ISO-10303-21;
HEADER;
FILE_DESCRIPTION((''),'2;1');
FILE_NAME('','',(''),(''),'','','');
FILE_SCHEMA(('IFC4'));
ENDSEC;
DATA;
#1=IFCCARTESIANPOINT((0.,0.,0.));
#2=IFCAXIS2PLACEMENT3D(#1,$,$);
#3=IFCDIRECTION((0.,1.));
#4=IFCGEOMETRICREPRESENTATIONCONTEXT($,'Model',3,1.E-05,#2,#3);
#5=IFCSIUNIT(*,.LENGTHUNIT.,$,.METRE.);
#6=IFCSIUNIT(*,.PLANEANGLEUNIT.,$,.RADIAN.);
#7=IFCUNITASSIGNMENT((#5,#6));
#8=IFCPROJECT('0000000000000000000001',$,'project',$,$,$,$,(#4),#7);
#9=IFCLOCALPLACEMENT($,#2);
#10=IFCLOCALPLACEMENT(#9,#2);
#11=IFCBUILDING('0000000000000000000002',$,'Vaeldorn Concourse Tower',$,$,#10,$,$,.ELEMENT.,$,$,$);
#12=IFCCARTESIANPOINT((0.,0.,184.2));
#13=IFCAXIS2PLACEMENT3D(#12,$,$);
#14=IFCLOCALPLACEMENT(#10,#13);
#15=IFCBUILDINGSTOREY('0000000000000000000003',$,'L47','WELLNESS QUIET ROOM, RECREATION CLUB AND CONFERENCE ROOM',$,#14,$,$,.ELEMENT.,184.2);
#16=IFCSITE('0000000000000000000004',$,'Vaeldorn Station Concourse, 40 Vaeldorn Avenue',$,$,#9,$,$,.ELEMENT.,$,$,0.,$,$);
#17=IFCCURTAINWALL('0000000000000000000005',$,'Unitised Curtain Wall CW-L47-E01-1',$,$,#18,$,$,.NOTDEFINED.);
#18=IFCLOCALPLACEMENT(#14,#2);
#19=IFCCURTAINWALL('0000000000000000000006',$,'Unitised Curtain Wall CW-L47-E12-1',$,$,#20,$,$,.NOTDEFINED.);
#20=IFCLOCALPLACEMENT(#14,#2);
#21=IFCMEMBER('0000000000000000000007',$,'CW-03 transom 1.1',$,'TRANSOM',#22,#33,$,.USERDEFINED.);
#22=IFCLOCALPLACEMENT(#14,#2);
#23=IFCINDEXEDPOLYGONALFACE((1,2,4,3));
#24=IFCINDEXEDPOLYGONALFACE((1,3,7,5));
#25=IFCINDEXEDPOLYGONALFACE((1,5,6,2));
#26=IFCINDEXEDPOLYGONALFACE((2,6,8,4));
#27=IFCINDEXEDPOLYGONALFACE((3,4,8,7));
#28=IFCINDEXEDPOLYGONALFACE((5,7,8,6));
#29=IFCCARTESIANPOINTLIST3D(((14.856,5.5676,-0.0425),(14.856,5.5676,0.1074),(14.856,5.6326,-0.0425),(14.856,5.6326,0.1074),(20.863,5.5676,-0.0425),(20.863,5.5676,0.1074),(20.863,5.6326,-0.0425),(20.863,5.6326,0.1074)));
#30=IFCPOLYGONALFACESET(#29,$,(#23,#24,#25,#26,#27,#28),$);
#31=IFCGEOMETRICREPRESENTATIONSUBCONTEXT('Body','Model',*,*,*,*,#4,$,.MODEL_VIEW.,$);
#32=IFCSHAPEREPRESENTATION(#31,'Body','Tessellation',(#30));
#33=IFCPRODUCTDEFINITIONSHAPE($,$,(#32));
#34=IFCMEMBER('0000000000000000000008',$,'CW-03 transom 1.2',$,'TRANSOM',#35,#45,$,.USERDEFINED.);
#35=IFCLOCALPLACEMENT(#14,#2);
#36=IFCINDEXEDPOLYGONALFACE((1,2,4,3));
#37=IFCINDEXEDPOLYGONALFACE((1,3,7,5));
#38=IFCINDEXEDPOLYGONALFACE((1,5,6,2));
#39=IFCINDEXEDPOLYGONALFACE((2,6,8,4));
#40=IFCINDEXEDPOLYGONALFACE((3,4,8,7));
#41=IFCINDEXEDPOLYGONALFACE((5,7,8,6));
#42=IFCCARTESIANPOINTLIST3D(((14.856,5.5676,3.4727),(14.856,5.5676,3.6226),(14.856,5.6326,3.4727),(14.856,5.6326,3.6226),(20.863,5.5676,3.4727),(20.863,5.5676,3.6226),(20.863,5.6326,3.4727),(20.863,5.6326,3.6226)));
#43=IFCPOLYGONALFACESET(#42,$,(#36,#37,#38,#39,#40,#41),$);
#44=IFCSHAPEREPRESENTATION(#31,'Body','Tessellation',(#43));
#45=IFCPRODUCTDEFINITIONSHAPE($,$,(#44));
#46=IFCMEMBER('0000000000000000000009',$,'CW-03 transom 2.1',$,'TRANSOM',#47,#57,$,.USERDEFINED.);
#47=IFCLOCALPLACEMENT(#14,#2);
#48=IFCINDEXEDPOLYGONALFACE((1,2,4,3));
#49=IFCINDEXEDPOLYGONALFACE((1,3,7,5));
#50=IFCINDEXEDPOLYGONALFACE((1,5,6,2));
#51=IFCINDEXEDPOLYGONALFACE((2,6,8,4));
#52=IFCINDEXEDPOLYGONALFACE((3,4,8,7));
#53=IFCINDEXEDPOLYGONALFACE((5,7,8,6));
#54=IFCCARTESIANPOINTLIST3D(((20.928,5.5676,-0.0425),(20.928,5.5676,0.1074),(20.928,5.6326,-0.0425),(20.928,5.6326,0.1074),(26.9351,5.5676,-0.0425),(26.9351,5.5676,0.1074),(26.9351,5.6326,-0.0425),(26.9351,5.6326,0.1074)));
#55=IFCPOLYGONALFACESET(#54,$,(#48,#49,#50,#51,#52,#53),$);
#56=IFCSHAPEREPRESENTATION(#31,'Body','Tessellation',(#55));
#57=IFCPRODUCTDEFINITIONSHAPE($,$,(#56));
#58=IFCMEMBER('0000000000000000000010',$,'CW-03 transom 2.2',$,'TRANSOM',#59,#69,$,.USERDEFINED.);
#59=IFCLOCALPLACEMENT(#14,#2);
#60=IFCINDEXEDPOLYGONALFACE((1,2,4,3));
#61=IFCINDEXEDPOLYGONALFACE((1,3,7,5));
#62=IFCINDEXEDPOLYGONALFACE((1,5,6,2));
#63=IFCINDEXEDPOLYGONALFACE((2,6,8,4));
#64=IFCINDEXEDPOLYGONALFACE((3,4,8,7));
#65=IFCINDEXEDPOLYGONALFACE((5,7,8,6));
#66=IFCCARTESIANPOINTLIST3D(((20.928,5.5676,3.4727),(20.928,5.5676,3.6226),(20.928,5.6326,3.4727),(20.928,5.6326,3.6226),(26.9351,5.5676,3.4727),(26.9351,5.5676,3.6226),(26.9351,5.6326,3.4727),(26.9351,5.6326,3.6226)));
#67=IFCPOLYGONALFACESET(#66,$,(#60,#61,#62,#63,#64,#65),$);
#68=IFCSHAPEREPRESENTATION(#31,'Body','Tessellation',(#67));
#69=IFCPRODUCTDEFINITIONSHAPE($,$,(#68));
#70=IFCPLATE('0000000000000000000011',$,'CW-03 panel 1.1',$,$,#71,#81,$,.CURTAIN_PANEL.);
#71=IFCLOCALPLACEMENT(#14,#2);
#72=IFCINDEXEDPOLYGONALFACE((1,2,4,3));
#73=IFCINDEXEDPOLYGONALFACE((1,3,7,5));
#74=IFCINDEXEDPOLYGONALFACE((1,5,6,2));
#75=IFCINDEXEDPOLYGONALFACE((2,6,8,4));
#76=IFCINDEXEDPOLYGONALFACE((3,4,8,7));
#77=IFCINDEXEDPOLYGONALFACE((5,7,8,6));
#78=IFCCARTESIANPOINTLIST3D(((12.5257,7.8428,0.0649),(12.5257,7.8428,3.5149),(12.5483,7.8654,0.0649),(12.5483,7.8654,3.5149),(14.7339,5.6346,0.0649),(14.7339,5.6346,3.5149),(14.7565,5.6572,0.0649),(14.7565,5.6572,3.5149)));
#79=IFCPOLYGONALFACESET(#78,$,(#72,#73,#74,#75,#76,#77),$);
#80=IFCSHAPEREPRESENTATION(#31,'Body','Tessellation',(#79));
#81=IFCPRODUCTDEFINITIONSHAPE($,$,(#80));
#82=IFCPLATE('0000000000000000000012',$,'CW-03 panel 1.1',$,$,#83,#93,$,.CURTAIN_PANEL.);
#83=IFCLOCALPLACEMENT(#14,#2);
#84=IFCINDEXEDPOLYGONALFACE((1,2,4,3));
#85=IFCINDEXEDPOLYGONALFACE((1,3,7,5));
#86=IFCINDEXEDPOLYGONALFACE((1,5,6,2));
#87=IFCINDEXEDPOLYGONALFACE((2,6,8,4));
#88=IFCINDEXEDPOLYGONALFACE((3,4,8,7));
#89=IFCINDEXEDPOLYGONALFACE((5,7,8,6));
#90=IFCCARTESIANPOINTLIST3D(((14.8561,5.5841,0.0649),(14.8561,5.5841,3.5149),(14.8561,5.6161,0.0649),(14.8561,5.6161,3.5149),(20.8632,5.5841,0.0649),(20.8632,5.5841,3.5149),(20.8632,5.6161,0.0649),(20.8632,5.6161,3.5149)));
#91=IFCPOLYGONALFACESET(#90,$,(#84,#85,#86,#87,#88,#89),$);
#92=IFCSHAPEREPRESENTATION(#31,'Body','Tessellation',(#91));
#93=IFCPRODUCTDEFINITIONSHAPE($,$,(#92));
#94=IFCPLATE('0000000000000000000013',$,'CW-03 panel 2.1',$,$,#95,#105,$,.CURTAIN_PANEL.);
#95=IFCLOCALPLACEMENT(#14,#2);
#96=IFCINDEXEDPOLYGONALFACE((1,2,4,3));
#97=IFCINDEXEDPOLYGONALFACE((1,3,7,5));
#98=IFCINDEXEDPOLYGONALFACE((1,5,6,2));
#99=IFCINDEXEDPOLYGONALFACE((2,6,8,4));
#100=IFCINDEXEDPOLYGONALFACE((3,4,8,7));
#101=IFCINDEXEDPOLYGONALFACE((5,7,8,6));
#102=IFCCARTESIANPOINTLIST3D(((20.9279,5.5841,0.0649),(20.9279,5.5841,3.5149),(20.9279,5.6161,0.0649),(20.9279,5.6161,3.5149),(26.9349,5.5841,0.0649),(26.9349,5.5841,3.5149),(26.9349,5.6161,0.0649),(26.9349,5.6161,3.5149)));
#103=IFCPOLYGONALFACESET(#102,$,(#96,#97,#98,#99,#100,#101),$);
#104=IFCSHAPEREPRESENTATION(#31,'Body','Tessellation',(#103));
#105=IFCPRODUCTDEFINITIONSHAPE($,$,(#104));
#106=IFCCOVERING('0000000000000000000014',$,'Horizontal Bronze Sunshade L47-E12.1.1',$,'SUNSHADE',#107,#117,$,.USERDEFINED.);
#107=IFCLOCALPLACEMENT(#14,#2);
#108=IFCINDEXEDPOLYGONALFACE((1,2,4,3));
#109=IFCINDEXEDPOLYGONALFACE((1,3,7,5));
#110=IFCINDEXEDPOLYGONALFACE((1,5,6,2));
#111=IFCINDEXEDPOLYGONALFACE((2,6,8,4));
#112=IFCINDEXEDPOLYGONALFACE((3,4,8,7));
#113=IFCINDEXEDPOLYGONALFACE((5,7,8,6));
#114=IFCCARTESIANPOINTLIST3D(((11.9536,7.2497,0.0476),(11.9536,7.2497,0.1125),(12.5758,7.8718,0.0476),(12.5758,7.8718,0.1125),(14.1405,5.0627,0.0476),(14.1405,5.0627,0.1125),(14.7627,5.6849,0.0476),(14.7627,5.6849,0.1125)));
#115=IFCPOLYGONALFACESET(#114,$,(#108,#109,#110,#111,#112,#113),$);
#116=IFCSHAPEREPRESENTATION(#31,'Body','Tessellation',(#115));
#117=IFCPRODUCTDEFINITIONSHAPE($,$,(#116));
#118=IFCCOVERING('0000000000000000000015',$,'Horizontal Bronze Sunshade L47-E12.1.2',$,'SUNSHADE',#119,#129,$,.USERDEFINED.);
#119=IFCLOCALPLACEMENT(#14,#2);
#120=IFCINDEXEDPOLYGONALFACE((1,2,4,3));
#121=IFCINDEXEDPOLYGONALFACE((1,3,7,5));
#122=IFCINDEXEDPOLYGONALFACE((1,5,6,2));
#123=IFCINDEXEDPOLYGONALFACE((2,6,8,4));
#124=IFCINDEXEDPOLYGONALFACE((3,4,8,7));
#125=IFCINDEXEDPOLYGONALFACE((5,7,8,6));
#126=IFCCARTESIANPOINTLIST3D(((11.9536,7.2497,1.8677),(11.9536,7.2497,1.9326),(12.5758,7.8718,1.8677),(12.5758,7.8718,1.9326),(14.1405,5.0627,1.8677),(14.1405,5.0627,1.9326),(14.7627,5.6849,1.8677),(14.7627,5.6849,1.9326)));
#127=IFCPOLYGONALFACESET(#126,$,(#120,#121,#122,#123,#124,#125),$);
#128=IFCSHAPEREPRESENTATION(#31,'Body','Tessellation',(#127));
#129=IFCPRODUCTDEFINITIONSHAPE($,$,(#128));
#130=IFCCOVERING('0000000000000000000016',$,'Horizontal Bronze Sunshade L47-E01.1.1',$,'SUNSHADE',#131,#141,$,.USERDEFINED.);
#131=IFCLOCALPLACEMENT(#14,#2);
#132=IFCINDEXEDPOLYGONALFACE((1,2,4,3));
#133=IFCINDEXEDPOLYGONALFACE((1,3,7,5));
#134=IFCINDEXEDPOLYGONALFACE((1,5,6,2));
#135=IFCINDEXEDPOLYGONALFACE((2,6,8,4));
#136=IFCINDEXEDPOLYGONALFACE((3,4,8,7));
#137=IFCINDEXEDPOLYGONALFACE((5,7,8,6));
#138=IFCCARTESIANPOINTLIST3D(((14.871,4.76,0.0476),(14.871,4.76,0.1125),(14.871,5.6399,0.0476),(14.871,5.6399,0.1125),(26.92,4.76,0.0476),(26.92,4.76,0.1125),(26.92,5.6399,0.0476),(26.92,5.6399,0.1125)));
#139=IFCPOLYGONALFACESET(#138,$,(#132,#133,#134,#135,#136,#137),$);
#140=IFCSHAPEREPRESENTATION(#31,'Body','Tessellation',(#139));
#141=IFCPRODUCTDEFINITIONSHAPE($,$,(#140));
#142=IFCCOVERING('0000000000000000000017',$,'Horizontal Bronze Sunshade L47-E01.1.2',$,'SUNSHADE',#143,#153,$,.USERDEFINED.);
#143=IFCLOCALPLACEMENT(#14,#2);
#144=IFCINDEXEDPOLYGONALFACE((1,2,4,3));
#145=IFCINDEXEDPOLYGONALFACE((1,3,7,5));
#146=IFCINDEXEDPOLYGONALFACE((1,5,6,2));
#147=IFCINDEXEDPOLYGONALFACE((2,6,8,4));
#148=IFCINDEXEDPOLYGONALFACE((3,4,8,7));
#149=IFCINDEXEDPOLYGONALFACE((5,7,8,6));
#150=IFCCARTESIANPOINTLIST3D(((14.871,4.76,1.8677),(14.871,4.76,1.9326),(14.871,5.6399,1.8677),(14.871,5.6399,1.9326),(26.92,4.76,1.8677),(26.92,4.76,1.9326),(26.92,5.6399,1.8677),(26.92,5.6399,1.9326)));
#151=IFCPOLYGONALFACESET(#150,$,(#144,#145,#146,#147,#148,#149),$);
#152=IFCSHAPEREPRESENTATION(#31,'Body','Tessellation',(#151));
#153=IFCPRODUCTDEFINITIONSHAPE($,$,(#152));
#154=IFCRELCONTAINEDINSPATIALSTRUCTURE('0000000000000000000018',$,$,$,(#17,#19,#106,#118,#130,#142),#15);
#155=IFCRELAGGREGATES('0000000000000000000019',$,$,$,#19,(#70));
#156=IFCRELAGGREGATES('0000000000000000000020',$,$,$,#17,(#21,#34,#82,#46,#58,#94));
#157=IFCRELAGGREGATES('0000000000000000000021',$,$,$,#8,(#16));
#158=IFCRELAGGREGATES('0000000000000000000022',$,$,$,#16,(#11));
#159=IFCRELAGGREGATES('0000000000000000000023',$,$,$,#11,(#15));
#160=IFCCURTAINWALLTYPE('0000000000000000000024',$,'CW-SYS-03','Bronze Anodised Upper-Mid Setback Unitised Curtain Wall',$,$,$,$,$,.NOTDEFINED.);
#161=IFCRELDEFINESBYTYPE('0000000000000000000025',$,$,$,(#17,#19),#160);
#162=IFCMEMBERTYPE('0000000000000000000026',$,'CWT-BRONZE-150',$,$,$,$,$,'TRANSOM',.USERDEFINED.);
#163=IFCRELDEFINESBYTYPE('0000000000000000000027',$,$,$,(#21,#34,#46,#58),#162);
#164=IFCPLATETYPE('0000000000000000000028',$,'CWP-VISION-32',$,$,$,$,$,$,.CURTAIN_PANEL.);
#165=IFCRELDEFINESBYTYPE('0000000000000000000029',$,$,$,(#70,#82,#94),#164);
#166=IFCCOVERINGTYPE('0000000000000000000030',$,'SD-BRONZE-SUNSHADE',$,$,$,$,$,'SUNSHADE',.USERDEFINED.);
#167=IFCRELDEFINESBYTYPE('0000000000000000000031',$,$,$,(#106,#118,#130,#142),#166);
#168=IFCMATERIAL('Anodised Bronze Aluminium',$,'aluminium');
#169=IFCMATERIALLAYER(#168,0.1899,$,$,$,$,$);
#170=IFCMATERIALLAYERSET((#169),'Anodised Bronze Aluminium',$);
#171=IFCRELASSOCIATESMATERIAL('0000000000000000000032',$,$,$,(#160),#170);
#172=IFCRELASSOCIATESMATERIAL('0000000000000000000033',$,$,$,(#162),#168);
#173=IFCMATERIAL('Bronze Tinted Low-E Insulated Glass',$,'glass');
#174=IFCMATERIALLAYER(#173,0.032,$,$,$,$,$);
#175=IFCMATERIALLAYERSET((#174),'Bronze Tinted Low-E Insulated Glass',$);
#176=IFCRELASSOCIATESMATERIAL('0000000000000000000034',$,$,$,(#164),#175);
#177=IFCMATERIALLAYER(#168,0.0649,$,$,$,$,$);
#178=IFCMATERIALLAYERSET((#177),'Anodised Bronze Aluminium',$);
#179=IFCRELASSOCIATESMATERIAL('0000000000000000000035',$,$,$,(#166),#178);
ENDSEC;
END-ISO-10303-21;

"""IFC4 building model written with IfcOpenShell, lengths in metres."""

from ifc_helpers import new_model, si_unit, direction, frame, origin, origin_2d, place, context, subcontext, project, spatial, rectangle, extrude, source, transform, mapped, material, layer, layer_set, material_profile, profile_set, type_object, element, aggregate, save


model = new_model("IFC4")

# Units and contexts
model_context = context("Model", 3, precision=1e-05, world=origin(), true_north=direction((0.0, 1.0)))
body_context = subcontext(model_context, "Body", "Model", "MODEL_VIEW")
ifc_project = project(units=[si_unit("LENGTHUNIT", "METRE"), si_unit("PLANEANGLEUNIT", "RADIAN")], contexts=[model_context])

# Site, building, storey
site_placement = place(None, origin())
site = spatial("IfcSite", under=ifc_project, at=site_placement, Name="Vaeldorn Station Concourse, 40 Vaeldorn Avenue", CompositionType="ELEMENT", RefElevation=0.0)
building_placement = place(site_placement, origin())
building = spatial("IfcBuilding", under=site, at=building_placement, Name="Vaeldorn Concourse Tower", CompositionType="ELEMENT")
storey_placement = place(building_placement, frame((0.0, 0.0, 184.2)))
storey = spatial("IfcBuildingStorey", under=building, at=storey_placement, Name="L47", Description="WELLNESS QUIET ROOM, RECREATION CLUB AND CONFERENCE ROOM", CompositionType="ELEMENT", Elevation=184.2)

# Curtain wall
ifc_material_1 = material(Name="Anodised Bronze Aluminium", Category="aluminium")
ifc_layer_1 = layer(ifc_material_1, 0.1899)
ifc_layer_set_1 = layer_set([ifc_layer_1], Name="Anodised Bronze Aluminium")
curtain_wall_type = type_object("IfcCurtainWallType", Name="CW-SYS-03", Description="Bronze Anodised Upper-Mid Setback Unitised Curtain Wall", PredefinedType="NOTDEFINED", material=ifc_layer_set_1)
ifc_material_profile_1 = material_profile(ifc_material_1, rectangle(XDim=0.0649, YDim=0.1499, at=origin_2d()), Name="CWT 65x150")
ifc_profile_set_1 = profile_set([ifc_material_profile_1], Name="Anodised Bronze Aluminium")
member_type_1 = type_object("IfcMemberType", Name="CWT-BRONZE-150", ElementType="TRANSOM", PredefinedType="USERDEFINED", material=ifc_profile_set_1)
curtain_wall_1_placement = place(storey_placement, origin())
curtain_wall_1 = element("IfcCurtainWall", 1, at=curtain_wall_1_placement, inside=storey, type_object=curtain_wall_type, Name="Unitised Curtain Wall CW-L47-E01-1", PredefinedType="NOTDEFINED")

# Curtain wall
curtain_wall_2_placement = place(storey_placement, origin())
curtain_wall_2 = element("IfcCurtainWall", 2, at=curtain_wall_2_placement, inside=storey, type_object=curtain_wall_type, Name="Unitised Curtain Wall CW-L47-E12-1", PredefinedType="NOTDEFINED")

# Members
shared_shape_1 = source(origin(), body_context, "Body", "SweptSolid", [
    extrude(rectangle(XDim=0.0649, YDim=0.1499, at=origin_2d()), origin(), (0.0, 0.0, 1.0), 6.0071),
])
member_1_placement = place(storey_placement, frame((14.856, 5.6001, 0.0325), z_axis=(1.0, 0.0, 0.0), x_axis=(0.0, 1.0, 0.0)))
member_1 = element("IfcMember", 3, at=member_1_placement, type_object=member_type_1, Name="CW-03 transom 1.1", ObjectType="TRANSOM", PredefinedType="USERDEFINED", context=body_context, shape_type="MappedRepresentation", body=[
    mapped(shared_shape_1, transform((0.0, 0.0, 0.0), scale=1.0)),
])
member_2_placement = place(storey_placement, frame((14.856, 5.6001, 3.5476), z_axis=(1.0, 0.0, 0.0), x_axis=(0.0, 1.0, 0.0)))
member_2 = element("IfcMember", 4, at=member_2_placement, type_object=member_type_1, Name="CW-03 transom 1.2", ObjectType="TRANSOM", PredefinedType="USERDEFINED", context=body_context, shape_type="MappedRepresentation", body=[
    mapped(shared_shape_1, transform((0.0, 0.0, 0.0), scale=1.0)),
])
member_3_placement = place(storey_placement, frame((20.928, 5.6001, 0.0325), z_axis=(1.0, 0.0, 0.0), x_axis=(0.0, 1.0, 0.0)))
member_3 = element("IfcMember", 5, at=member_3_placement, type_object=member_type_1, Name="CW-03 transom 2.1", ObjectType="TRANSOM", PredefinedType="USERDEFINED", context=body_context, shape_type="MappedRepresentation", body=[
    mapped(shared_shape_1, transform((0.0, 0.0, 0.0), scale=1.0)),
])
member_4_placement = place(storey_placement, frame((20.928, 5.6001, 3.5476), z_axis=(1.0, 0.0, 0.0), x_axis=(0.0, 1.0, 0.0)))
member_4 = element("IfcMember", 6, at=member_4_placement, type_object=member_type_1, Name="CW-03 transom 2.2", ObjectType="TRANSOM", PredefinedType="USERDEFINED", context=body_context, shape_type="MappedRepresentation", body=[
    mapped(shared_shape_1, transform((0.0, 0.0, 0.0), scale=1.0)),
])

# Plates
ifc_material_2 = material(Name="Bronze Tinted Low-E Insulated Glass", Category="glass")
ifc_layer_2 = layer(ifc_material_2, 0.032)
ifc_layer_set_2 = layer_set([ifc_layer_2], Name="Bronze Tinted Low-E Insulated Glass")
plate_type = type_object("IfcPlateType", Name="CWP-VISION-32", PredefinedType="CURTAIN_PANEL", material=ifc_layer_set_2)
shared_shape_2 = source(origin(), body_context, "Body", "SweptSolid", [
    extrude(rectangle(XDim=3.1228, YDim=0.032, at=origin_2d()), origin(), (0.0, 0.0, 1.0), 3.45),
])
plate_1_placement = place(storey_placement, frame((13.6411, 6.75, 0.0649), z_axis=(0.0, 0.0, 1.0), x_axis=(0.707107, -0.707107, 0.0)))
plate_1 = element("IfcPlate", 7, at=plate_1_placement, type_object=plate_type, Name="CW-03 panel 1.1", PredefinedType="CURTAIN_PANEL", context=body_context, shape_type="MappedRepresentation", body=[
    mapped(shared_shape_2, transform((0.0, 0.0, 0.0), scale=1.0)),
])
aggregate(curtain_wall_2, [plate_1])
shared_shape_3 = source(origin(), body_context, "Body", "SweptSolid", [
    extrude(rectangle(XDim=6.0071, YDim=0.032, at=origin_2d()), origin(), (0.0, 0.0, 1.0), 3.45),
])
plate_2_placement = place(storey_placement, frame((17.8596, 5.6001, 0.0649), z_axis=(0.0, 0.0, 1.0), x_axis=(1.0, 0.0, 0.0)))
plate_2 = element("IfcPlate", 8, at=plate_2_placement, type_object=plate_type, Name="CW-03 panel 1.1", PredefinedType="CURTAIN_PANEL", context=body_context, shape_type="MappedRepresentation", body=[
    mapped(shared_shape_3, transform((0.0, 0.0, 0.0), scale=1.0)),
])
plate_3_placement = place(storey_placement, frame((23.9314, 5.6001, 0.0649), z_axis=(0.0, 0.0, 1.0), x_axis=(1.0, 0.0, 0.0)))
plate_3 = element("IfcPlate", 9, at=plate_3_placement, type_object=plate_type, Name="CW-03 panel 2.1", PredefinedType="CURTAIN_PANEL", context=body_context, shape_type="MappedRepresentation", body=[
    mapped(shared_shape_3, transform((0.0, 0.0, 0.0), scale=1.0)),
])
aggregate(curtain_wall_1, [member_1, member_2, plate_2, member_3, member_4, plate_3])

# Coverings
ifc_layer_3 = layer(ifc_material_1, 0.0649)
ifc_layer_set_3 = layer_set([ifc_layer_3], Name="Anodised Bronze Aluminium")
covering_type = type_object("IfcCoveringType", Name="SD-BRONZE-SUNSHADE", ElementType="SUNSHADE", PredefinedType="USERDEFINED", material=ifc_layer_set_3)
shared_shape_4 = source(origin(), body_context, "Body", "SweptSolid", [
    extrude(rectangle(XDim=3.0928, YDim=0.8799, at=origin_2d()), origin(), (0.0, 0.0, 1.0), 0.0649),
])
for number, where, z_axis, x_axis, name in (
    (10, (13.3582, 6.4673, 0.0476), (0.0, 0.0, 1.0), (0.707107, -0.707107, 0.0), "Horizontal Bronze Sunshade L47-E12.1.1"),
    (11, (13.3582, 6.4673, 1.8677), (0.0, 0.0, 1.0), (0.707107, -0.707107, 0.0), "Horizontal Bronze Sunshade L47-E12.1.2"),
):
    element("IfcCovering", number, at=place(storey_placement, frame(where, z_axis=z_axis, x_axis=x_axis)), inside=storey, type_object=covering_type, Name=name, ObjectType="SUNSHADE", PredefinedType="USERDEFINED", context=body_context, shape_type="MappedRepresentation", body=[
        mapped(shared_shape_4, transform((0.0, 0.0, 0.0), scale=1.0)),
    ])
shared_shape_5 = source(origin(), body_context, "Body", "SweptSolid", [
    extrude(rectangle(XDim=12.0491, YDim=0.8799, at=origin_2d()), origin(), (0.0, 0.0, 1.0), 0.0649),
])
for number, where, z_axis, x_axis, name in (
    (12, (20.8955, 5.2, 0.0476), (0.0, 0.0, 1.0), (1.0, 0.0, 0.0), "Horizontal Bronze Sunshade L47-E01.1.1"),
    (13, (20.8955, 5.2, 1.8677), (0.0, 0.0, 1.0), (1.0, 0.0, 0.0), "Horizontal Bronze Sunshade L47-E01.1.2"),
):
    element("IfcCovering", number, at=place(storey_placement, frame(where, z_axis=z_axis, x_axis=x_axis)), inside=storey, type_object=covering_type, Name=name, ObjectType="SUNSHADE", PredefinedType="USERDEFINED", context=body_context, shape_type="MappedRepresentation", body=[
        mapped(shared_shape_5, transform((0.0, 0.0, 0.0), scale=1.0)),
    ])

save(model, "model.ifc")
